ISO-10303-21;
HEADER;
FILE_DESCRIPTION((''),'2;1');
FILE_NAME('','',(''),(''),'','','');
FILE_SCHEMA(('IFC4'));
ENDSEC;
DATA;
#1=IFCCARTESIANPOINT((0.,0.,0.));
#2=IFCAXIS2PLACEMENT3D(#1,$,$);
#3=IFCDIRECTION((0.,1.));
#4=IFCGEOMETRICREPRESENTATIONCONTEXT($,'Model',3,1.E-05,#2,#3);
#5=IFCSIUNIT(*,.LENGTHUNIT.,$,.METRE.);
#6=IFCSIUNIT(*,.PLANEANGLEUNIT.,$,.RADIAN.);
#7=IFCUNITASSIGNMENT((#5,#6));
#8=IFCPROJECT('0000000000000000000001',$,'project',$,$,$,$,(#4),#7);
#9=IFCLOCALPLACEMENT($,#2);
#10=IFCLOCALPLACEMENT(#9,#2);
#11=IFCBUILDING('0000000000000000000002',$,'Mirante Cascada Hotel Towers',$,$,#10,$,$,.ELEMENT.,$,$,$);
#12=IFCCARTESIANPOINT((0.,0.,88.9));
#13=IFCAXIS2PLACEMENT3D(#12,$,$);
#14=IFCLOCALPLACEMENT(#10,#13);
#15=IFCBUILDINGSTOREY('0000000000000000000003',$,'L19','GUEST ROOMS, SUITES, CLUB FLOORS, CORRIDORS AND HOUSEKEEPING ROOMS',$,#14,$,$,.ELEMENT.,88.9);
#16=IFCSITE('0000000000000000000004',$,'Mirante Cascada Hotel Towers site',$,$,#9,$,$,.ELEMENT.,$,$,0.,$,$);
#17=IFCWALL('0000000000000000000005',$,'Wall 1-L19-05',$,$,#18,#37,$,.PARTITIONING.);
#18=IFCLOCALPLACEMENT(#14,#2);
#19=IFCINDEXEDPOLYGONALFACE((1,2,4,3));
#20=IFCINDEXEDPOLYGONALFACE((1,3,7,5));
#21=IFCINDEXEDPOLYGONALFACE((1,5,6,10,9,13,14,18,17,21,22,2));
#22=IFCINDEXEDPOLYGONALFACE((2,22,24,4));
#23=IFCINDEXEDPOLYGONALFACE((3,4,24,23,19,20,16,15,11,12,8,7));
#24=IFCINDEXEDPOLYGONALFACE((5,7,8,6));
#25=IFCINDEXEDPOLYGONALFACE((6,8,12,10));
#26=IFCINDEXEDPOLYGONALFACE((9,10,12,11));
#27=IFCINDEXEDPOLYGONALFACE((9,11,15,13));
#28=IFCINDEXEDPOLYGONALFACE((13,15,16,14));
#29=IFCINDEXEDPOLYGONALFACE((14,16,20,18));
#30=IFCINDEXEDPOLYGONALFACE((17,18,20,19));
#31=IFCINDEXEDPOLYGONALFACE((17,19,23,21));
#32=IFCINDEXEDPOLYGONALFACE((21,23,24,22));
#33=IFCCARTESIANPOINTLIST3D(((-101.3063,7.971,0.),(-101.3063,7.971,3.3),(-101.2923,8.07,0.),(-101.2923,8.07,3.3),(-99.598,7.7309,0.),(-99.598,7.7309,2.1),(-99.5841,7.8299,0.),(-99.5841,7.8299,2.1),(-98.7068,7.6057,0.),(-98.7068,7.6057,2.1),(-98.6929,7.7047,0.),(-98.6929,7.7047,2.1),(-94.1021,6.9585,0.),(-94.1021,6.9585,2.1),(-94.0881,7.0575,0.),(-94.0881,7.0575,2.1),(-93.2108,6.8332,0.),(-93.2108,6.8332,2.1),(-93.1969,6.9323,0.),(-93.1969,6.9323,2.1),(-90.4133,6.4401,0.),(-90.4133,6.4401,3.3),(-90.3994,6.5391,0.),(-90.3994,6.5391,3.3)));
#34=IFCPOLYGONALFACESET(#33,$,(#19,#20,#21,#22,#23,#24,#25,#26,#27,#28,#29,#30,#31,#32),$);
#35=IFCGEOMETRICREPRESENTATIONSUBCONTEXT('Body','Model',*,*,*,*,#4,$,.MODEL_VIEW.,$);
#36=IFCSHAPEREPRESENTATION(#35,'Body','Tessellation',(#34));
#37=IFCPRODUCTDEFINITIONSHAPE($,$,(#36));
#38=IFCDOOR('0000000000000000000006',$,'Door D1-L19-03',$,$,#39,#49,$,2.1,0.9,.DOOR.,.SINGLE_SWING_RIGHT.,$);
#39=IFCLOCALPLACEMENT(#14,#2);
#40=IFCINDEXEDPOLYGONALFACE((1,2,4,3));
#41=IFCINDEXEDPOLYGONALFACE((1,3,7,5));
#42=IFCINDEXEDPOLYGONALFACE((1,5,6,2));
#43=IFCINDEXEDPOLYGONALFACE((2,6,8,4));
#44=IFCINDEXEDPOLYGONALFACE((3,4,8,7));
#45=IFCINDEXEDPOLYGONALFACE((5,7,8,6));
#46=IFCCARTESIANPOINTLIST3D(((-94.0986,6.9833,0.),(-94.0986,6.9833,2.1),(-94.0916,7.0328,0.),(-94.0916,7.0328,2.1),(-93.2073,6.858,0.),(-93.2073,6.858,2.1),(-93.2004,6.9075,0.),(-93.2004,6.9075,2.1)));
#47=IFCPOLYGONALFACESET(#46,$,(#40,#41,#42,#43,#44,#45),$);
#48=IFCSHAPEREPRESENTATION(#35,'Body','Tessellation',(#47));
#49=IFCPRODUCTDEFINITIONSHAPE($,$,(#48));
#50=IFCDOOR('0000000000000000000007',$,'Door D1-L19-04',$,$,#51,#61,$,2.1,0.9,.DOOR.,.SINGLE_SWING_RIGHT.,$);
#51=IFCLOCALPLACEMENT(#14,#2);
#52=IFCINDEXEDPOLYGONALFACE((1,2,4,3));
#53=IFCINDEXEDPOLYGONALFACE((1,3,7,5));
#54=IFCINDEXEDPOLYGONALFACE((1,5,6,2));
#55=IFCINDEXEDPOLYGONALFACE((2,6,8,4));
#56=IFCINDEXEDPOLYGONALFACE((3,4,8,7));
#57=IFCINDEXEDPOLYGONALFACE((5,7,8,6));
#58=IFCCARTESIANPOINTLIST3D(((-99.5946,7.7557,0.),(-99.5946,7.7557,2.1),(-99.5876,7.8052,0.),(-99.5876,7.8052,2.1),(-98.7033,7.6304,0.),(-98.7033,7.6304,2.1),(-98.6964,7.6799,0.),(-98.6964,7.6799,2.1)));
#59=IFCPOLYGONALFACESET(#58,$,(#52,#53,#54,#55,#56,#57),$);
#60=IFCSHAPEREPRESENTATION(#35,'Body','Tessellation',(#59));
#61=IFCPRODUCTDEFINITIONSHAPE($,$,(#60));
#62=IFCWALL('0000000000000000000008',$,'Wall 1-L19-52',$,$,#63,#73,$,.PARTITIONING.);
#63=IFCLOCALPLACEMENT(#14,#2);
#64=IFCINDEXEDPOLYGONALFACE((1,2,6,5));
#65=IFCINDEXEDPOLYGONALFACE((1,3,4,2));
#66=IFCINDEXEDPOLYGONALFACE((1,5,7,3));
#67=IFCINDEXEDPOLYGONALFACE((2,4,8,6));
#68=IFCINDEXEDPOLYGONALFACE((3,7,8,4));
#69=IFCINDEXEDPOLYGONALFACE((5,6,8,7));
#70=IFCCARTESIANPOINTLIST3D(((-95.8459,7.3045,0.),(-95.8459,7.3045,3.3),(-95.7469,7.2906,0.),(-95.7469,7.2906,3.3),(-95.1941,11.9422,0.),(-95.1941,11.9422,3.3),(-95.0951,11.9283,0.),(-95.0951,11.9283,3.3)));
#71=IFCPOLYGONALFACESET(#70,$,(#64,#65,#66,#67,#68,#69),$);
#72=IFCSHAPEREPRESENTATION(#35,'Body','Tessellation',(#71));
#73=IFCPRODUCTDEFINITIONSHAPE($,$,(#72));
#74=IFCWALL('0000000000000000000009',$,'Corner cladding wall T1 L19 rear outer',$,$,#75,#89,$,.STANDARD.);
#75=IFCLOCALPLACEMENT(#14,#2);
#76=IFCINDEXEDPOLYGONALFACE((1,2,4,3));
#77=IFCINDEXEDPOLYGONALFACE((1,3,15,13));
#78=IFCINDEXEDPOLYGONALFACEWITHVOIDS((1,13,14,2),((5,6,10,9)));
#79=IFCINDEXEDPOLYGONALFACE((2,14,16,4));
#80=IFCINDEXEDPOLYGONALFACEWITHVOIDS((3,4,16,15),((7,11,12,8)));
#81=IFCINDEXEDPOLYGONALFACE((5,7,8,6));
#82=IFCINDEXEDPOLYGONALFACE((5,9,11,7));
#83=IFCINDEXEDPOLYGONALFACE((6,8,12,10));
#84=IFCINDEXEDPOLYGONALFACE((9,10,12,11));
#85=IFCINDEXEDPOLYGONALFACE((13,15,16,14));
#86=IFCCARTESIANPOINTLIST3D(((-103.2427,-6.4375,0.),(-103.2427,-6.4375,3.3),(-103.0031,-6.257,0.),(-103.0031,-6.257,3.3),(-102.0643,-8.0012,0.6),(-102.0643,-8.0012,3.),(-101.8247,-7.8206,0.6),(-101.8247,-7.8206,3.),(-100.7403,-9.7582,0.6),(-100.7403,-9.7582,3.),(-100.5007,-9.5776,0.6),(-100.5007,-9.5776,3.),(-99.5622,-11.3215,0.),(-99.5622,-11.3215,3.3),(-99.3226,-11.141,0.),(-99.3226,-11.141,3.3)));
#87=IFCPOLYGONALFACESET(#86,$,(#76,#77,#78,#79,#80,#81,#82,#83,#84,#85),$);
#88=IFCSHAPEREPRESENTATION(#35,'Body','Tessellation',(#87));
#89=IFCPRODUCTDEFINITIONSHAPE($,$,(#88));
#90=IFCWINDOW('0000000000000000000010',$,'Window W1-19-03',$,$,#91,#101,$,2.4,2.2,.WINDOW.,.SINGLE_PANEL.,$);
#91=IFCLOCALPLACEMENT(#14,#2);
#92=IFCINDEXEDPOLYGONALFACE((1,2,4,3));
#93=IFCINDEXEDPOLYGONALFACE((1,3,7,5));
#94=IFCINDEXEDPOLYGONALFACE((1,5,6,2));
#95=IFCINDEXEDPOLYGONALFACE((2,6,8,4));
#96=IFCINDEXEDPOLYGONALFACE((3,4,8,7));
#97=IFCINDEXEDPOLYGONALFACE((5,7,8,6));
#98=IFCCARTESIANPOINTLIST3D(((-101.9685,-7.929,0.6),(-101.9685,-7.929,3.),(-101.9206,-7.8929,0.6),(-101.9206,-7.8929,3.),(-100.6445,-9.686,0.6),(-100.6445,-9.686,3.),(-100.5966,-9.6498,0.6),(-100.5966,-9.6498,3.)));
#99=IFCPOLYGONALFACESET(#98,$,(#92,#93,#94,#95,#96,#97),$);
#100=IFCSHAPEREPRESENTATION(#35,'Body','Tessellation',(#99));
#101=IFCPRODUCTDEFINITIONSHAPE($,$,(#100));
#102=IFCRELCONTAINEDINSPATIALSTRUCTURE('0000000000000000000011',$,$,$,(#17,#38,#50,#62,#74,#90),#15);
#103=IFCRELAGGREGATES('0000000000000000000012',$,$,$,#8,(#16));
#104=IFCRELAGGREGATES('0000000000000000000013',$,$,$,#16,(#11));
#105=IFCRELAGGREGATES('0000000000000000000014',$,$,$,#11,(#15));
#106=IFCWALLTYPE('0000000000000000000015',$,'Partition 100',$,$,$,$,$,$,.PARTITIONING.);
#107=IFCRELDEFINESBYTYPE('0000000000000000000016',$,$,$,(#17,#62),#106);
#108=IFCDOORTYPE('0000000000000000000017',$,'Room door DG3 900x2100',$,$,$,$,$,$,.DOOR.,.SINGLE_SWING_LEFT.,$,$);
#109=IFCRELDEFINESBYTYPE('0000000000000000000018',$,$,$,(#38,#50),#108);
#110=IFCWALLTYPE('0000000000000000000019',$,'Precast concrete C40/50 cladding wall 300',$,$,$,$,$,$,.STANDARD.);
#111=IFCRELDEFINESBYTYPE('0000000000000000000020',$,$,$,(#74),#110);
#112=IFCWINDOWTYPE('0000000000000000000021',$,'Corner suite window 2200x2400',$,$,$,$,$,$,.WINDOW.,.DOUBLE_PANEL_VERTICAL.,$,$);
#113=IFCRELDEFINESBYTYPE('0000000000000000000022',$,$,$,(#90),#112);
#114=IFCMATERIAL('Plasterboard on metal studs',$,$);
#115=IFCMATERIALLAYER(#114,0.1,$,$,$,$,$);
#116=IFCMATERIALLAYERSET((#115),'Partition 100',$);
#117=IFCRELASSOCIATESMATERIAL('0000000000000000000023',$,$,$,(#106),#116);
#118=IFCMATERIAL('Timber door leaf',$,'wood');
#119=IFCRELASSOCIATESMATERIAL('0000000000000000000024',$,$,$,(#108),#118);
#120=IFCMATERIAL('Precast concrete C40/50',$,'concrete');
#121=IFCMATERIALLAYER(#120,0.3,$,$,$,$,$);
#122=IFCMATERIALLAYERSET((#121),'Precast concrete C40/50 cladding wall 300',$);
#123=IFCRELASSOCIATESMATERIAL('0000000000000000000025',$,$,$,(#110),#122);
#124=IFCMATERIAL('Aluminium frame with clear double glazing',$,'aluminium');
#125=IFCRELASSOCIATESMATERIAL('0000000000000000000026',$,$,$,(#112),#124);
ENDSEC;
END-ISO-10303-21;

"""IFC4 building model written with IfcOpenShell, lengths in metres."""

from ifc_helpers import new_model, si_unit, direction, frame, frame_2d, origin, place, context, subcontext, project, spatial, rectangle, extrude, material, layer, layer_set, type_object, element, fill, save


model = new_model("IFC4")

# Units and contexts
model_context = context("Model", 3, precision=1e-05, world=origin(), true_north=direction((0.0, 1.0)))
body_context = subcontext(model_context, "Body", "Model", "MODEL_VIEW")
ifc_project = project(units=[si_unit("LENGTHUNIT", "METRE"), si_unit("PLANEANGLEUNIT", "RADIAN")], contexts=[model_context])

# Site, building, storey
site_placement = place(None, origin())
site = spatial("IfcSite", under=ifc_project, at=site_placement, Name="Mirante Cascada Hotel Towers site", CompositionType="ELEMENT", RefElevation=0.0)
building_placement = place(site_placement, origin())
building = spatial("IfcBuilding", under=site, at=building_placement, Name="Mirante Cascada Hotel Towers", CompositionType="ELEMENT")
storey_placement = place(building_placement, frame((0.0, 0.0, 88.9)))
storey = spatial("IfcBuildingStorey", under=building, at=storey_placement, Name="L19", Description="GUEST ROOMS, SUITES, CLUB FLOORS, CORRIDORS AND HOUSEKEEPING ROOMS", CompositionType="ELEMENT", Elevation=88.9)

# Wall, openings, doors
ifc_material_1 = material(Name="Plasterboard on metal studs")
ifc_layer_1 = layer(ifc_material_1, 0.1)
ifc_layer_set_1 = layer_set([ifc_layer_1], Name="Partition 100")
wall_type_1 = type_object("IfcWallType", Name="Partition 100", PredefinedType="PARTITIONING", material=ifc_layer_set_1)
wall_1_placement = place(storey_placement, frame((-101.2993, 8.0205, 0.0), z_axis=(0.0, 0.0, 1.0), x_axis=(0.990268, -0.139173, 0.0)))
wall_1 = element("IfcWall", 1, at=wall_1_placement, inside=storey, type_object=wall_type_1, Name="Wall 1-L19-05", PredefinedType="PARTITIONING", context=body_context, shape_type="SweptSolid", body=[
    extrude(rectangle(XDim=11.0, YDim=0.1, at=frame_2d((5.5, 0.0))), origin(), (0.0, 0.0, 1.0), 3.3),
])
opening_1_placement = place(wall_1_placement, frame((7.275, 0.0, 0.0)))
opening_1 = element("IfcOpeningElement", 2, at=opening_1_placement, cuts=wall_1, PredefinedType="OPENING", context=body_context, shape_type="SweptSolid", body=[
    extrude(rectangle(XDim=0.9, YDim=2.1, at=frame_2d((0.45, 1.05))), frame((0.0, 0.05, 0.0), z_axis=(0.0, -1.0, 0.0), x_axis=(1.0, 0.0, 0.0)), (0.0, 0.0, 1.0), 0.1),
])
opening_2_placement = place(wall_1_placement, frame((1.725, 0.0, 0.0)))
opening_2 = element("IfcOpeningElement", 3, at=opening_2_placement, cuts=wall_1, PredefinedType="OPENING", context=body_context, shape_type="SweptSolid", body=[
    extrude(rectangle(XDim=0.9, YDim=2.1, at=frame_2d((0.45, 1.05))), frame((0.0, 0.05, 0.0), z_axis=(0.0, -1.0, 0.0), x_axis=(1.0, 0.0, 0.0)), (0.0, 0.0, 1.0), 0.1),
])
ifc_material_2 = material(Name="Timber door leaf", Category="wood")
door_type = type_object("IfcDoorType", Name="Room door DG3 900x2100", OperationType="SINGLE_SWING_LEFT", PredefinedType="DOOR", material=ifc_material_2)
door_1_placement = place(opening_1_placement, frame((0.9, 0.0, 0.0), z_axis=(0.0, 0.0, 1.0), x_axis=(-1.0, 0.0, 0.0)))
door_1 = element("IfcDoor", 4, at=door_1_placement, inside=storey, type_object=door_type, Name="Door D1-L19-03", OperationType="SINGLE_SWING_RIGHT", OverallHeight=2.1, OverallWidth=0.9, PredefinedType="DOOR", context=body_context, shape_type="SweptSolid", body=[
    extrude(rectangle(XDim=0.9, YDim=2.1, at=frame_2d((0.45, 1.05))), frame((0.0, 0.025, 0.0), z_axis=(0.0, -1.0, 0.0), x_axis=(1.0, 0.0, 0.0)), (0.0, 0.0, 1.0), 0.05),
])
fill(opening_1, door_1)
door_2_placement = place(opening_2_placement, frame((0.9, 0.0, 0.0), z_axis=(0.0, 0.0, 1.0), x_axis=(-1.0, 0.0, 0.0)))
door_2 = element("IfcDoor", 5, at=door_2_placement, inside=storey, type_object=door_type, Name="Door D1-L19-04", OperationType="SINGLE_SWING_RIGHT", OverallHeight=2.1, OverallWidth=0.9, PredefinedType="DOOR", context=body_context, shape_type="SweptSolid", body=[
    extrude(rectangle(XDim=0.9, YDim=2.1, at=frame_2d((0.45, 1.05))), frame((0.0, 0.025, 0.0), z_axis=(0.0, -1.0, 0.0), x_axis=(1.0, 0.0, 0.0)), (0.0, 0.0, 1.0), 0.05),
])
fill(opening_2, door_2)

# Wall
wall_2_placement = place(storey_placement, frame((-95.7964, 7.2976, 0.0), z_axis=(0.0, 0.0, 1.0), x_axis=(0.139176, 0.990268, 0.0)))
element("IfcWall", 6, at=wall_2_placement, inside=storey, type_object=wall_type_1, Name="Wall 1-L19-52", PredefinedType="PARTITIONING", context=body_context, shape_type="SweptSolid", body=[
    extrude(rectangle(XDim=4.6833, YDim=0.1, at=frame_2d((2.3416, 0.0))), origin(), (0.0, 0.0, 1.0), 3.3),
])

# Wall, opening, window
ifc_material_3 = material(Name="Precast concrete C40/50", Category="concrete")
ifc_layer_2 = layer(ifc_material_3, 0.3)
ifc_layer_set_2 = layer_set([ifc_layer_2], Name="Precast concrete C40/50 cladding wall 300")
wall_type_2 = type_object("IfcWallType", Name="Precast concrete C40/50 cladding wall 300", PredefinedType="STANDARD", material=ifc_layer_set_2)
wall_3_placement = place(storey_placement, frame((-99.4424, -11.2313, 0.0), z_axis=(0.0, 0.0, 1.0), x_axis=(-0.601819, 0.798632, 0.0)))
wall_3 = element("IfcWall", 7, at=wall_3_placement, inside=storey, type_object=wall_type_2, Name="Corner cladding wall T1 L19 rear outer", PredefinedType="STANDARD", context=body_context, shape_type="SweptSolid", body=[
    extrude(rectangle(XDim=6.1155, YDim=0.3, at=frame_2d((3.0578, 0.0))), origin(), (0.0, 0.0, 1.0), 3.3),
])
opening_3_placement = place(wall_3_placement, frame((1.9576, 0.0, 0.6)))
opening_3 = element("IfcOpeningElement", 8, at=opening_3_placement, cuts=wall_3, PredefinedType="OPENING", context=body_context, shape_type="SweptSolid", body=[
    extrude(rectangle(XDim=2.2, YDim=2.4, at=frame_2d((1.1, 1.2))), frame((0.0, 0.15, 0.0), z_axis=(0.0, -1.0, 0.0), x_axis=(1.0, 0.0, 0.0)), (0.0, 0.0, 1.0), 0.3),
])
ifc_material_4 = material(Name="Aluminium frame with clear double glazing", Category="aluminium")
window_type = type_object("IfcWindowType", Name="Corner suite window 2200x2400", PartitioningType="DOUBLE_PANEL_VERTICAL", PredefinedType="WINDOW", material=ifc_material_4)
window_placement = place(opening_3_placement, origin())
window = element("IfcWindow", 9, at=window_placement, inside=storey, type_object=window_type, Name="Window W1-19-03", OverallHeight=2.4, OverallWidth=2.2, PartitioningType="SINGLE_PANEL", PredefinedType="WINDOW", context=body_context, shape_type="SweptSolid", body=[
    extrude(rectangle(XDim=2.2, YDim=2.4, at=frame_2d((1.1, 1.2))), frame((0.0, 0.03, 0.0), z_axis=(0.0, -1.0, 0.0), x_axis=(1.0, 0.0, 0.0)), (0.0, 0.0, 1.0), 0.06),
])
fill(opening_3, window)

save(model, "model.ifc")
